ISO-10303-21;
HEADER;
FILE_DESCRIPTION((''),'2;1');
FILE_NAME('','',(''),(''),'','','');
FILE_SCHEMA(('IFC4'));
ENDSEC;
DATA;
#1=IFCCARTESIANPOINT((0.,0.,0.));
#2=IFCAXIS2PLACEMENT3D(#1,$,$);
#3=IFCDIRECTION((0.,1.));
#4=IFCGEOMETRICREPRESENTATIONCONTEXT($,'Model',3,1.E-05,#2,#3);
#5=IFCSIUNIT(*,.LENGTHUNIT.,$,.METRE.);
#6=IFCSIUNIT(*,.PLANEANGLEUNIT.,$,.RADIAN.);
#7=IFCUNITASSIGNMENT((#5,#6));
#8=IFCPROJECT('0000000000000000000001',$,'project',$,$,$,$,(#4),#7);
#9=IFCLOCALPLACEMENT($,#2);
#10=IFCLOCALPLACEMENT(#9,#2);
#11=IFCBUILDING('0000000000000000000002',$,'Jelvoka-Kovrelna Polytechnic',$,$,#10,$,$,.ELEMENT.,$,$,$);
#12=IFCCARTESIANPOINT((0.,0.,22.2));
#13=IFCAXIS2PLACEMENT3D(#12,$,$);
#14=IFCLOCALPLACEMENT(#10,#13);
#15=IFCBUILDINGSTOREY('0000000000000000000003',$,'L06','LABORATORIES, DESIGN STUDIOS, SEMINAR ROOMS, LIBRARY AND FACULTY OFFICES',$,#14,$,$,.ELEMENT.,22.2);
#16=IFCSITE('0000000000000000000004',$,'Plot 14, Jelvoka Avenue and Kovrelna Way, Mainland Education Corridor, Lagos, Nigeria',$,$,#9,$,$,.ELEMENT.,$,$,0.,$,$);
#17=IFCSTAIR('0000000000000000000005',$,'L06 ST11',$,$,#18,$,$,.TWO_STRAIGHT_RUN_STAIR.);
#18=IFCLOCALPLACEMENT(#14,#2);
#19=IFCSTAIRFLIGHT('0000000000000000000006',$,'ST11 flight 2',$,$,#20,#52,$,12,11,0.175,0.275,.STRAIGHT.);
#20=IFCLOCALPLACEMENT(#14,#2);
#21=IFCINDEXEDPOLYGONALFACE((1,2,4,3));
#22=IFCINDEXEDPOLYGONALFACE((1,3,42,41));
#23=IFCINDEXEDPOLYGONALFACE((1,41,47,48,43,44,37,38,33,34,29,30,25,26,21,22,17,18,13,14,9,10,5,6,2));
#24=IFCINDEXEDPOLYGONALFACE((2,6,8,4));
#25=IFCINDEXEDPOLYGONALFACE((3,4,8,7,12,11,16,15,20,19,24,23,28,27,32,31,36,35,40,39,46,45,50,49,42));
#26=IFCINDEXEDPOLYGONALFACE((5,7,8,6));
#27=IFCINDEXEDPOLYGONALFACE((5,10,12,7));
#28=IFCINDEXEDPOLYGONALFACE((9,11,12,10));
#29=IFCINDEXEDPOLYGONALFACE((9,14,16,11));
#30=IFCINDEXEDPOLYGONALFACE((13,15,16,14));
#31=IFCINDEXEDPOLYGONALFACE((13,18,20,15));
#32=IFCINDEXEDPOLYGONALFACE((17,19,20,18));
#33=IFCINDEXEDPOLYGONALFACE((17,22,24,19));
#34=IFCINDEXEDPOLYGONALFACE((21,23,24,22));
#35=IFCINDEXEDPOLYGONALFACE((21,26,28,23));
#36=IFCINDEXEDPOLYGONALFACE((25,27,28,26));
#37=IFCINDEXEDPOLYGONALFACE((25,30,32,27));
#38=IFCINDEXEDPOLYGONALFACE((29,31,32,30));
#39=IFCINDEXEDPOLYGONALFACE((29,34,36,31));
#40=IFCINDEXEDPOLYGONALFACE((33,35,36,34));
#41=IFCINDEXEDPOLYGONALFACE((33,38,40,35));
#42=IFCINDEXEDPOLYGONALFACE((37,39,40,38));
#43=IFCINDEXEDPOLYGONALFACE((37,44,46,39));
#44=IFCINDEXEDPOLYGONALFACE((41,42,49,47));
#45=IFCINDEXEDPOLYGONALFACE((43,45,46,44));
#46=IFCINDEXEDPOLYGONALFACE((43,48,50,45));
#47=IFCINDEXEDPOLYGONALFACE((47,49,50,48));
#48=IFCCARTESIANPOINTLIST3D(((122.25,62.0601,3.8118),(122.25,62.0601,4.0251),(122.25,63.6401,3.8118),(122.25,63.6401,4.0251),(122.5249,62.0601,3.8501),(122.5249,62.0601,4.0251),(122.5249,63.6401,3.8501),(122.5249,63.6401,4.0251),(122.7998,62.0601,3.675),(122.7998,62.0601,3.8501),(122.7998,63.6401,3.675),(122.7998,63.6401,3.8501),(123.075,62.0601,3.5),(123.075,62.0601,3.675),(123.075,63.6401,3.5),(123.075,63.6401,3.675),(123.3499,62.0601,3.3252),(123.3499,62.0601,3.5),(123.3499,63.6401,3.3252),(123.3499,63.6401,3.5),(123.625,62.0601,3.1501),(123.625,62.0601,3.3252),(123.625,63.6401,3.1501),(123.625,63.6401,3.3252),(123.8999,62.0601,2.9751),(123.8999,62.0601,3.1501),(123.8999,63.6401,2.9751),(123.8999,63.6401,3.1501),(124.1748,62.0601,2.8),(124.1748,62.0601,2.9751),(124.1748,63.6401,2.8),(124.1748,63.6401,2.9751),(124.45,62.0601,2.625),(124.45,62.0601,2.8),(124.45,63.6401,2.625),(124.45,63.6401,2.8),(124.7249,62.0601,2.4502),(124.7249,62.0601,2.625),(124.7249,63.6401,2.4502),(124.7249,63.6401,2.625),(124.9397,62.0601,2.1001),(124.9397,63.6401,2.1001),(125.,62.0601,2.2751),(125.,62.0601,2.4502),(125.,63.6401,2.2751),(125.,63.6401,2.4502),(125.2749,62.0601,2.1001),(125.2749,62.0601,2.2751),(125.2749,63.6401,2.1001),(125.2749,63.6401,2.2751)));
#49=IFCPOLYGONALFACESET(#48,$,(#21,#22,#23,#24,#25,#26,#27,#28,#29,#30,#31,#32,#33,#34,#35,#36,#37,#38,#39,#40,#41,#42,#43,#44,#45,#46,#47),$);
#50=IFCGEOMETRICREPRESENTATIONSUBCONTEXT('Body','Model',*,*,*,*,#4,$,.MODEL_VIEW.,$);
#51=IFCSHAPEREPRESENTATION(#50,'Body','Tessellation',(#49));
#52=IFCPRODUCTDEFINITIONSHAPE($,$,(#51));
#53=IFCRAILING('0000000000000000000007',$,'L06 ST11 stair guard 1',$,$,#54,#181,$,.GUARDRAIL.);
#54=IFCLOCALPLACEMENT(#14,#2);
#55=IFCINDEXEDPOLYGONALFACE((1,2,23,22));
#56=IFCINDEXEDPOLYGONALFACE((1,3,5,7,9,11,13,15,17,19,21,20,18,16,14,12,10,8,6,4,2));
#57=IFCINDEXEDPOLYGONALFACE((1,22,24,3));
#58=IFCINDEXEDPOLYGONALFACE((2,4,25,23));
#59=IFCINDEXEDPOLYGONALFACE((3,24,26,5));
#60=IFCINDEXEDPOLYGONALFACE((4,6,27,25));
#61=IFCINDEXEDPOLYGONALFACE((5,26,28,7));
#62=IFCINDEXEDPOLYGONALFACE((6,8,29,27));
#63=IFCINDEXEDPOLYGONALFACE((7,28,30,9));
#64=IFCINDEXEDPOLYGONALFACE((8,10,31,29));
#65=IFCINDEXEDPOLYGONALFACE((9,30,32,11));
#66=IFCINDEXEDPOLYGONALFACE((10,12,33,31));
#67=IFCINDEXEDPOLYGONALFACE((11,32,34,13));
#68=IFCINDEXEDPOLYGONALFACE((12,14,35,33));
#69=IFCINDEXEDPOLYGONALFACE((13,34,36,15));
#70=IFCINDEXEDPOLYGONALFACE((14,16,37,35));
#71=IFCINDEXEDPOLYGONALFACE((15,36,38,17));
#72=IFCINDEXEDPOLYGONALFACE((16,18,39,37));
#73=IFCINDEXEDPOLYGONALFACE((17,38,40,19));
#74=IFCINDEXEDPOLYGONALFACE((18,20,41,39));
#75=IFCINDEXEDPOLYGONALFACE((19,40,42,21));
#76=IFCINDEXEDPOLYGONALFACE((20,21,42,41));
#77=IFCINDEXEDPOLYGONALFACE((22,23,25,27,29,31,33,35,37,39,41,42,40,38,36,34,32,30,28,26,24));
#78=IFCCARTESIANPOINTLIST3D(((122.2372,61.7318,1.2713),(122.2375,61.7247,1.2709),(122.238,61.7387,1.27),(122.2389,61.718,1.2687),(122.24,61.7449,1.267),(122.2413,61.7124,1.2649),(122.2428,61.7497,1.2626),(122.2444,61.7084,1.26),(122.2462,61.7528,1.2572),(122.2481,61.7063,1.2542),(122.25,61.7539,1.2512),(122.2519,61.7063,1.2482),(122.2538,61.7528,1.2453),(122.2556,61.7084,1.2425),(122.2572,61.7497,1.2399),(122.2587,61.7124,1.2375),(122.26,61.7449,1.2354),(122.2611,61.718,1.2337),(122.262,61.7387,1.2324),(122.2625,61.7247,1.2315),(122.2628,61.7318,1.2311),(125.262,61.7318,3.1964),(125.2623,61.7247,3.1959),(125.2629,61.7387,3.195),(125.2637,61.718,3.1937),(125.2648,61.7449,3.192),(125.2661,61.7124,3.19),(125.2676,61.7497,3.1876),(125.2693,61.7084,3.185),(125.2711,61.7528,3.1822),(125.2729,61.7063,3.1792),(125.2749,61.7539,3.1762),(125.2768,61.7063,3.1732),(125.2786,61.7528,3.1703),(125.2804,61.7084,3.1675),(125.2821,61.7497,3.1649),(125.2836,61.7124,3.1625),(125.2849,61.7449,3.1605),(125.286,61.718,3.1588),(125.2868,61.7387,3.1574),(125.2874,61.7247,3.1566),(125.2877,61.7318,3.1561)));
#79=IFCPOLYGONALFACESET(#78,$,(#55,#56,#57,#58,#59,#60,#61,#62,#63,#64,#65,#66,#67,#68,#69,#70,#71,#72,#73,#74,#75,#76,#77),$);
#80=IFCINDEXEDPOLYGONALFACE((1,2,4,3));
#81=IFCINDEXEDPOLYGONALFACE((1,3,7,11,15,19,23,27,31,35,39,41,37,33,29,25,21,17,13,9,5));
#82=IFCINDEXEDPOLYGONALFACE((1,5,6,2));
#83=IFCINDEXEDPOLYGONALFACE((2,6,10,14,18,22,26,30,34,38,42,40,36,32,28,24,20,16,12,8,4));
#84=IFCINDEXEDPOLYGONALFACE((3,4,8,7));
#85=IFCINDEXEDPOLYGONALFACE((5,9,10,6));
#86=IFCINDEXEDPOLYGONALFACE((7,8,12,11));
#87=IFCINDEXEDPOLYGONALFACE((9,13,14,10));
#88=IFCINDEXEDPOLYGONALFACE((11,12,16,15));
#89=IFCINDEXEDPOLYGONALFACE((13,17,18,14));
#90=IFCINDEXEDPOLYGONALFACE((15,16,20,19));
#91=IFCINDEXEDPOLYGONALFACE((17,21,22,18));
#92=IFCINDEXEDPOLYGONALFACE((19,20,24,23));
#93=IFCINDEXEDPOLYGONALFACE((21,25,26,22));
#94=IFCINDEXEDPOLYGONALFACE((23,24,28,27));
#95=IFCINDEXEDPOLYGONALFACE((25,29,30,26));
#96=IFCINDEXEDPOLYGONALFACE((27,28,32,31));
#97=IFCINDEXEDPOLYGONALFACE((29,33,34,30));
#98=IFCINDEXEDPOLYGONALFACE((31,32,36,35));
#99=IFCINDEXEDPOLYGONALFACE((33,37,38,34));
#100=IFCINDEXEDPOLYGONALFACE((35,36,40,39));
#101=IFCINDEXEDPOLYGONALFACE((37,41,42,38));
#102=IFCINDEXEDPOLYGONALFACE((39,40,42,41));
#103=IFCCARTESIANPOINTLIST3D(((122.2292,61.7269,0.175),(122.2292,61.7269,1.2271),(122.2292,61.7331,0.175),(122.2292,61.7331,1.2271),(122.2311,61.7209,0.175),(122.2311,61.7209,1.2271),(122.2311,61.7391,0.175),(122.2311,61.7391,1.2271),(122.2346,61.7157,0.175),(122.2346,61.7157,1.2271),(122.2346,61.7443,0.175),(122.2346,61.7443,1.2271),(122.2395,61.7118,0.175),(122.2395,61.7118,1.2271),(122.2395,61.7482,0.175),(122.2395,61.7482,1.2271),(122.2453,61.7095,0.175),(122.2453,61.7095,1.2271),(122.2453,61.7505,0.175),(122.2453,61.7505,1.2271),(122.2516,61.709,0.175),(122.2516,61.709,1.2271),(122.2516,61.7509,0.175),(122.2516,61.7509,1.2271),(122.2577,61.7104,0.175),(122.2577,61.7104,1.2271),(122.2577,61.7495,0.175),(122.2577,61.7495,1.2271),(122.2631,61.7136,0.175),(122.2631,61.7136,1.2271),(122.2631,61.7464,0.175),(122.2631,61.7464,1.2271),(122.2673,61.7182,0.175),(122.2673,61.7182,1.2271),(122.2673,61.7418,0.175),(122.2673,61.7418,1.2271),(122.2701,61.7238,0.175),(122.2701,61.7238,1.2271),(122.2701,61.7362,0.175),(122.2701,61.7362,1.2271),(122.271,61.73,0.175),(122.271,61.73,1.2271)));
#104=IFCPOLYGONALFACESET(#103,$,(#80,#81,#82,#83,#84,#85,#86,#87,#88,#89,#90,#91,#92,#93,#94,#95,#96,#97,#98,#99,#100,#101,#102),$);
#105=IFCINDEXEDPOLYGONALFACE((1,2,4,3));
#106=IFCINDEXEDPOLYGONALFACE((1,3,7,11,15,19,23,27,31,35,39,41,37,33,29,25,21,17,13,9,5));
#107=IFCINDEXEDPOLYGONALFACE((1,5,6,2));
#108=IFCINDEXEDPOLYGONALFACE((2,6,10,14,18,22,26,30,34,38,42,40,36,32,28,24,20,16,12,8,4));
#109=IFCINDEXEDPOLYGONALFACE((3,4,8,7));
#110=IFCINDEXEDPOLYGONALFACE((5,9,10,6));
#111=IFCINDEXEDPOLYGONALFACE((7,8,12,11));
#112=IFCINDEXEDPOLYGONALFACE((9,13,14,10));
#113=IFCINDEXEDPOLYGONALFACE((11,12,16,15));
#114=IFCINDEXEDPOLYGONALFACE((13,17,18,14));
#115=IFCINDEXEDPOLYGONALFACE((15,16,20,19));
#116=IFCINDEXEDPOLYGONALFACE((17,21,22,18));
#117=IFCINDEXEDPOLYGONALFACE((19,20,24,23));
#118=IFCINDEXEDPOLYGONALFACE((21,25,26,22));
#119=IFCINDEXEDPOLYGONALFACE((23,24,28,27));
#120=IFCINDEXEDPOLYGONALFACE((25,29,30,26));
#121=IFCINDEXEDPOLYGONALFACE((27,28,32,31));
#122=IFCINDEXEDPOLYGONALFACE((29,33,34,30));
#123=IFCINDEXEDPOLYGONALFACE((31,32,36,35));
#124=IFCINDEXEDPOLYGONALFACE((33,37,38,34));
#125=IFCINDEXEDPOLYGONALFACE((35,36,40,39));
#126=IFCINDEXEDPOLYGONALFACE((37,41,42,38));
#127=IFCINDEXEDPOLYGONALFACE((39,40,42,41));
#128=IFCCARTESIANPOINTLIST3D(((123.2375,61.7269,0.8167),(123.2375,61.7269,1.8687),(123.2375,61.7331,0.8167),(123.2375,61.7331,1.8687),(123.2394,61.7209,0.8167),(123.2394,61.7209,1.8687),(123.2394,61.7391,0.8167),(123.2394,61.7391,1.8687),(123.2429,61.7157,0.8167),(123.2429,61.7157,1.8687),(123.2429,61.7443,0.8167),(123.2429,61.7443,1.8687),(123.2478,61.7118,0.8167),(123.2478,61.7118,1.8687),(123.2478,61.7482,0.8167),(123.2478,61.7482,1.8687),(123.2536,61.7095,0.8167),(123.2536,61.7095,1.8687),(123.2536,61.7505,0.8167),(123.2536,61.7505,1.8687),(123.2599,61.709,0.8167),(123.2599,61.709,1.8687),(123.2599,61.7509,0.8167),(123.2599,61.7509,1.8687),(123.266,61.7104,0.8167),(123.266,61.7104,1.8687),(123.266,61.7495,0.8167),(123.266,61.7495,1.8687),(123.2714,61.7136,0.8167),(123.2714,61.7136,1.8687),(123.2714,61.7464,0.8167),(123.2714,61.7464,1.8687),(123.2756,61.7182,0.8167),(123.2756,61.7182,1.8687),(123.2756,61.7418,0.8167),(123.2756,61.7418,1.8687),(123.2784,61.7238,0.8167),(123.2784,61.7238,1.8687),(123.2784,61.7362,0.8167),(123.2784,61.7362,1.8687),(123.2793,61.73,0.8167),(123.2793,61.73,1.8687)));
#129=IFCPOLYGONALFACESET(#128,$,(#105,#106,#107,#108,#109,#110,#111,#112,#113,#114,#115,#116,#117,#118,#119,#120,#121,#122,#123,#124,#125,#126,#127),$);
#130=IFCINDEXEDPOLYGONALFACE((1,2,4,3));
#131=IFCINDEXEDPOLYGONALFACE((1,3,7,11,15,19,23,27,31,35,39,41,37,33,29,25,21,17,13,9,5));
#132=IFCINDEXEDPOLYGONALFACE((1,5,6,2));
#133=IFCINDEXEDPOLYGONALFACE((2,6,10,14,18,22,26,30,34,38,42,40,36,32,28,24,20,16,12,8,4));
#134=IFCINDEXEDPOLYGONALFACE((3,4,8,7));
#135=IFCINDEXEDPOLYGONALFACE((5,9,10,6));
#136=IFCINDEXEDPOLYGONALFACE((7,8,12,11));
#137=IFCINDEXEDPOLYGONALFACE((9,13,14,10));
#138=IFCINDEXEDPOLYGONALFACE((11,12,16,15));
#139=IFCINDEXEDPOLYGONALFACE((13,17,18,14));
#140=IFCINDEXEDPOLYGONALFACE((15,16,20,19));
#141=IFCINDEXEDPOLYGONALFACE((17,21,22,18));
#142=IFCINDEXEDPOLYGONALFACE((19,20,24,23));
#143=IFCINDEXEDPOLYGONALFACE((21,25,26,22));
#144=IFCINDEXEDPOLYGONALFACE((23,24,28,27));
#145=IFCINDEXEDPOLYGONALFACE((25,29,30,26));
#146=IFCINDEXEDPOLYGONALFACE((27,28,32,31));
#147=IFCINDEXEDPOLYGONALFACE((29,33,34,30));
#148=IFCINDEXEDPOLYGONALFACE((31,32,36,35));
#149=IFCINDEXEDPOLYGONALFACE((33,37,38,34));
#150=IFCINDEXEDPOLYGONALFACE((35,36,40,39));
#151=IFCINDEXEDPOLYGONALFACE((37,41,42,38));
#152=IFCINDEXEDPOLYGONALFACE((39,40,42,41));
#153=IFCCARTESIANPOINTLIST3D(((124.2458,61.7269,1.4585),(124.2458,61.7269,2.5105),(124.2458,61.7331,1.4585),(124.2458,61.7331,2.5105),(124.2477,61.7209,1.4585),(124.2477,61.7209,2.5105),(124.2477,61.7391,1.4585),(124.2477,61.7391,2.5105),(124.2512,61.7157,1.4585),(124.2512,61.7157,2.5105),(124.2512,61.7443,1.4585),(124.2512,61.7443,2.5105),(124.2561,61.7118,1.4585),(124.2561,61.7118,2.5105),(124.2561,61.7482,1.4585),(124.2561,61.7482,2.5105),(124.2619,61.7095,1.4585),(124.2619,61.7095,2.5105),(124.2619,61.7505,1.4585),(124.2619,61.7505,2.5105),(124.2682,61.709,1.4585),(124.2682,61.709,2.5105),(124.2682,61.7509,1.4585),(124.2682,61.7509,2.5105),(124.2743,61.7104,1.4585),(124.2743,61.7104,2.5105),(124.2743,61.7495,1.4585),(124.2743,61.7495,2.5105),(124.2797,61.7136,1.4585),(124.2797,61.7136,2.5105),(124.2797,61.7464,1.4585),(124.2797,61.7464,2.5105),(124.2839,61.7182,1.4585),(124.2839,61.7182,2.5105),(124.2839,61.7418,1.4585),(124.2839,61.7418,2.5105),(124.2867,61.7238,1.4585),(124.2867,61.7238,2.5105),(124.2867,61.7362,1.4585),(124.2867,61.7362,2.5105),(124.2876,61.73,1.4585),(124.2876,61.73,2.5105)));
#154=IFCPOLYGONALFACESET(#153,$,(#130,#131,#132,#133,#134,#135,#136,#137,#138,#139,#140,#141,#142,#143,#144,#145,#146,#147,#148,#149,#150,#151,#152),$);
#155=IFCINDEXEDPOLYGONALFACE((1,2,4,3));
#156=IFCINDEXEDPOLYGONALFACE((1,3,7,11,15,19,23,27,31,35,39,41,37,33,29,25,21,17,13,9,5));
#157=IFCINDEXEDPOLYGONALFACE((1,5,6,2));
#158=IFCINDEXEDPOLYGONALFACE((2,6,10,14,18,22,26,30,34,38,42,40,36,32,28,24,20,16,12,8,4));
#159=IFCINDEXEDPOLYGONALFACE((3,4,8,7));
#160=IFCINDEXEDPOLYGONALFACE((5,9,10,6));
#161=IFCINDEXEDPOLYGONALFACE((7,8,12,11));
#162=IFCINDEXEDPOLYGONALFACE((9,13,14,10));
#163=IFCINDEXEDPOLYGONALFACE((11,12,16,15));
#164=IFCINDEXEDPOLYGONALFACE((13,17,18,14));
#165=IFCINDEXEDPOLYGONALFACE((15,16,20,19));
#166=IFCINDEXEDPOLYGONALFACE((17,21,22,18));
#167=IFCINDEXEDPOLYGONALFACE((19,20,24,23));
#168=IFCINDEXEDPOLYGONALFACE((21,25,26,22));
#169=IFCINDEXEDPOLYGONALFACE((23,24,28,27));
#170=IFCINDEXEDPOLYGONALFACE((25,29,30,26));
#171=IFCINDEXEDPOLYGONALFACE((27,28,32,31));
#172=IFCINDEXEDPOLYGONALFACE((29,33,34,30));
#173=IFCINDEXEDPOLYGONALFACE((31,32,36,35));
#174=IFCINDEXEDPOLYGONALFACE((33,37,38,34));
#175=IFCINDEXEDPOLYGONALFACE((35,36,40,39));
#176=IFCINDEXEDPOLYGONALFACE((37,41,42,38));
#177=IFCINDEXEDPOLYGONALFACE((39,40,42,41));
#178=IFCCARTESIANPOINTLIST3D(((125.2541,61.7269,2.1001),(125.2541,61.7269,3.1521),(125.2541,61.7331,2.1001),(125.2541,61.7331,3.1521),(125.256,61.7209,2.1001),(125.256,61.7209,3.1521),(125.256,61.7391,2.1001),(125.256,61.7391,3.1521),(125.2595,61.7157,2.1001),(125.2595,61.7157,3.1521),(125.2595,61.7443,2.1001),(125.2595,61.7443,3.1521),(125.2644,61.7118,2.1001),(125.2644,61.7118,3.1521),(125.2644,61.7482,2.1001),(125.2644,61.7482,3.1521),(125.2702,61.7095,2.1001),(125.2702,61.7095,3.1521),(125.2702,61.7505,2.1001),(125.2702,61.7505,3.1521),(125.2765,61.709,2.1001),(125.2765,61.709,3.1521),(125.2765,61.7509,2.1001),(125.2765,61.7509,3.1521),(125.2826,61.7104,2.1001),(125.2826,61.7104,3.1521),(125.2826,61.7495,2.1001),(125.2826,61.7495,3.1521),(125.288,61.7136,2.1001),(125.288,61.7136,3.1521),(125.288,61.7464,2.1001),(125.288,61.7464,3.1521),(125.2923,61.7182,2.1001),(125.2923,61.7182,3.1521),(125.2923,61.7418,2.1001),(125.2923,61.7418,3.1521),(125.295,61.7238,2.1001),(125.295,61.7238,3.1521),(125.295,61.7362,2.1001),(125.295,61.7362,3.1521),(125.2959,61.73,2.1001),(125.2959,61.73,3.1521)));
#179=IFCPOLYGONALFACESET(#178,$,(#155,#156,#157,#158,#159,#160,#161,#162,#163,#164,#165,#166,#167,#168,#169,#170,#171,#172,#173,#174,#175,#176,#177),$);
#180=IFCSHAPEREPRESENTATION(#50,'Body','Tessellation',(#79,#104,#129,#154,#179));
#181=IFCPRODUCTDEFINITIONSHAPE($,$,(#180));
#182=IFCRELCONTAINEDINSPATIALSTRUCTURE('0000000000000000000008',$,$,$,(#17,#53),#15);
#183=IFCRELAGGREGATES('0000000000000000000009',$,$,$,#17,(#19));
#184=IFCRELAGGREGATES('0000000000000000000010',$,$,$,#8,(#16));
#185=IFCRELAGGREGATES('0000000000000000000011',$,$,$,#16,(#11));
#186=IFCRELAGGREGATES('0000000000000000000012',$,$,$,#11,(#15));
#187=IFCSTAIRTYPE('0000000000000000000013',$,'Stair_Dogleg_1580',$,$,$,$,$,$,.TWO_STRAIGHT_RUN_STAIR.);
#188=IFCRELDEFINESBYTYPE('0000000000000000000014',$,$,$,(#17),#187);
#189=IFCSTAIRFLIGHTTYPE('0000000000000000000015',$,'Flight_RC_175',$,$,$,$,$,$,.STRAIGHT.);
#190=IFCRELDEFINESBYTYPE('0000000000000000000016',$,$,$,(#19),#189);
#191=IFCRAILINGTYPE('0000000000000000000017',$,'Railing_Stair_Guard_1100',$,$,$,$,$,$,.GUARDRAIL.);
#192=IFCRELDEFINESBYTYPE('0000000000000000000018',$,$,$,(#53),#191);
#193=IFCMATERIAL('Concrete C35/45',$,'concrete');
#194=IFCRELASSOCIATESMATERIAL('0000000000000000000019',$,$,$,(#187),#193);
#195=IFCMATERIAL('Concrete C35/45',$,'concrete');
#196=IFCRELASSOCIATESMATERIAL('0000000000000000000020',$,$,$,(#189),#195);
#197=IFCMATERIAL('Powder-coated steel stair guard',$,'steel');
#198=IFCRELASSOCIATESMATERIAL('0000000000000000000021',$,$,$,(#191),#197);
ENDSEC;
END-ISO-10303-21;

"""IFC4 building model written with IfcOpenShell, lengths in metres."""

from ifc_helpers import new_model, si_unit, direction, frame, origin, origin_2d, place, context, subcontext, project, spatial, polyline, circle, outline, extrude, material, type_object, element, aggregate, save


model = new_model("IFC4")

# Units and contexts
model_context = context("Model", 3, precision=1e-05, world=origin(), true_north=direction((0.0, 1.0)))
body_context = subcontext(model_context, "Body", "Model", "MODEL_VIEW")
ifc_project = project(units=[si_unit("LENGTHUNIT", "METRE"), si_unit("PLANEANGLEUNIT", "RADIAN")], contexts=[model_context])

# Site, building, storey
site_placement = place(None, origin())
site = spatial("IfcSite", under=ifc_project, at=site_placement, Name="Plot 14, Jelvoka Avenue and Kovrelna Way, Mainland Education Corridor, Lagos, Nigeria", CompositionType="ELEMENT", RefElevation=0.0)
building_placement = place(site_placement, origin())
building = spatial("IfcBuilding", under=site, at=building_placement, Name="Jelvoka-Kovrelna Polytechnic", CompositionType="ELEMENT")
storey_placement = place(building_placement, frame((0.0, 0.0, 22.2)))
storey = spatial("IfcBuildingStorey", under=building, at=storey_placement, Name="L06", Description="LABORATORIES, DESIGN STUDIOS, SEMINAR ROOMS, LIBRARY AND FACULTY OFFICES", CompositionType="ELEMENT", Elevation=22.2)

# Stair, stair flight
ifc_material_1 = material(Name="Concrete C35/45", Category="concrete")
stair_type = type_object("IfcStairType", Name="Stair_Dogleg_1580", PredefinedType="TWO_STRAIGHT_RUN_STAIR", material=ifc_material_1)
stair_placement = place(storey_placement, origin())
stair = element("IfcStair", 1, at=stair_placement, inside=storey, type_object=stair_type, Name="L06 ST11", PredefinedType="TWO_STRAIGHT_RUN_STAIR")
ifc_material_2 = material(Name="Concrete C35/45", Category="concrete")
stair_flight_type = type_object("IfcStairFlightType", Name="Flight_RC_175", PredefinedType="STRAIGHT", material=ifc_material_2)
stair_flight_1_placement = place(storey_placement, frame((125.2749, 62.8501, 2.1001), z_axis=(0.0, 0.0, 1.0), x_axis=(-1.0, 0.0, 0.0)))
stair_flight_1 = element("IfcStairFlight", 2, at=stair_flight_1_placement, type_object=stair_flight_type, Name="ST11 flight 2", NumberOfRisers=12, NumberOfTreads=11, PredefinedType="STRAIGHT", RiserHeight=0.175, TreadLength=0.275, context=body_context, shape_type="SweptSolid", body=[
    extrude(outline(polyline([(0.0, 0.0), (0.0, 0.175), (0.2749, 0.175), (0.2749, 0.3501), (0.55, 0.3501), (0.55, 0.5249), (0.825, 0.5249), (0.825, 0.7), (1.1001, 0.7), (1.1001, 0.875), (1.375, 0.875), (1.375, 1.05), (1.6499, 1.05), (1.6499, 1.2251), (1.925, 1.2251), (1.925, 1.3999), (2.2, 1.3999), (2.2, 1.575), (2.4751, 1.575), (2.4751, 1.75), (2.75, 1.75), (2.75, 1.925), (3.0249, 1.925), (3.0249, 2.1001), (3.0249, 1.7117), (0.3352, 0.0), (0.0, 0.0)])), frame((0.0, 0.79, 0.0), z_axis=(0.0, -1.0, 0.0), x_axis=(1.0, 0.0, 0.0)), (0.0, 0.0, 1.0), 1.5801),
])
aggregate(stair, [stair_flight_1])

# Railing
ifc_material_3 = material(Name="Powder-coated steel stair guard", Category="steel")
railing_type_1 = type_object("IfcRailingType", Name="Railing_Stair_Guard_1100", PredefinedType="GUARDRAIL", material=ifc_material_3)
railing_1_placement = place(storey_placement, frame((122.25, 61.73, 0.175)))
element("IfcRailing", 3, at=railing_1_placement, inside=storey, type_object=railing_type_1, Name="L06 ST11 stair guard 1", PredefinedType="GUARDRAIL", context=body_context, shape_type="SweptSolid", body=[
    extrude(circle(Radius=0.0239, at=origin_2d()), frame((0.0, 0.0, 1.0762), z_axis=(0.843647, 0.0, 0.536898), x_axis=(0.0, 1.0, 0.0)), (0.0, 0.0, 1.0), 3.5854),
    extrude(circle(Radius=0.021, at=origin_2d()), origin(), (0.0, 0.0, 1.0), 1.052),
    extrude(circle(Radius=0.021, at=origin_2d()), frame((1.0083, 0.0, 0.6416)), (0.0, 0.0, 1.0), 1.052),
    extrude(circle(Radius=0.021, at=origin_2d()), frame((2.0166, 0.0, 1.2834)), (0.0, 0.0, 1.0), 1.052),
    extrude(circle(Radius=0.021, at=origin_2d()), frame((3.0249, 0.0, 1.925)), (0.0, 0.0, 1.0), 1.052),
])

save(model, "model.ifc")
